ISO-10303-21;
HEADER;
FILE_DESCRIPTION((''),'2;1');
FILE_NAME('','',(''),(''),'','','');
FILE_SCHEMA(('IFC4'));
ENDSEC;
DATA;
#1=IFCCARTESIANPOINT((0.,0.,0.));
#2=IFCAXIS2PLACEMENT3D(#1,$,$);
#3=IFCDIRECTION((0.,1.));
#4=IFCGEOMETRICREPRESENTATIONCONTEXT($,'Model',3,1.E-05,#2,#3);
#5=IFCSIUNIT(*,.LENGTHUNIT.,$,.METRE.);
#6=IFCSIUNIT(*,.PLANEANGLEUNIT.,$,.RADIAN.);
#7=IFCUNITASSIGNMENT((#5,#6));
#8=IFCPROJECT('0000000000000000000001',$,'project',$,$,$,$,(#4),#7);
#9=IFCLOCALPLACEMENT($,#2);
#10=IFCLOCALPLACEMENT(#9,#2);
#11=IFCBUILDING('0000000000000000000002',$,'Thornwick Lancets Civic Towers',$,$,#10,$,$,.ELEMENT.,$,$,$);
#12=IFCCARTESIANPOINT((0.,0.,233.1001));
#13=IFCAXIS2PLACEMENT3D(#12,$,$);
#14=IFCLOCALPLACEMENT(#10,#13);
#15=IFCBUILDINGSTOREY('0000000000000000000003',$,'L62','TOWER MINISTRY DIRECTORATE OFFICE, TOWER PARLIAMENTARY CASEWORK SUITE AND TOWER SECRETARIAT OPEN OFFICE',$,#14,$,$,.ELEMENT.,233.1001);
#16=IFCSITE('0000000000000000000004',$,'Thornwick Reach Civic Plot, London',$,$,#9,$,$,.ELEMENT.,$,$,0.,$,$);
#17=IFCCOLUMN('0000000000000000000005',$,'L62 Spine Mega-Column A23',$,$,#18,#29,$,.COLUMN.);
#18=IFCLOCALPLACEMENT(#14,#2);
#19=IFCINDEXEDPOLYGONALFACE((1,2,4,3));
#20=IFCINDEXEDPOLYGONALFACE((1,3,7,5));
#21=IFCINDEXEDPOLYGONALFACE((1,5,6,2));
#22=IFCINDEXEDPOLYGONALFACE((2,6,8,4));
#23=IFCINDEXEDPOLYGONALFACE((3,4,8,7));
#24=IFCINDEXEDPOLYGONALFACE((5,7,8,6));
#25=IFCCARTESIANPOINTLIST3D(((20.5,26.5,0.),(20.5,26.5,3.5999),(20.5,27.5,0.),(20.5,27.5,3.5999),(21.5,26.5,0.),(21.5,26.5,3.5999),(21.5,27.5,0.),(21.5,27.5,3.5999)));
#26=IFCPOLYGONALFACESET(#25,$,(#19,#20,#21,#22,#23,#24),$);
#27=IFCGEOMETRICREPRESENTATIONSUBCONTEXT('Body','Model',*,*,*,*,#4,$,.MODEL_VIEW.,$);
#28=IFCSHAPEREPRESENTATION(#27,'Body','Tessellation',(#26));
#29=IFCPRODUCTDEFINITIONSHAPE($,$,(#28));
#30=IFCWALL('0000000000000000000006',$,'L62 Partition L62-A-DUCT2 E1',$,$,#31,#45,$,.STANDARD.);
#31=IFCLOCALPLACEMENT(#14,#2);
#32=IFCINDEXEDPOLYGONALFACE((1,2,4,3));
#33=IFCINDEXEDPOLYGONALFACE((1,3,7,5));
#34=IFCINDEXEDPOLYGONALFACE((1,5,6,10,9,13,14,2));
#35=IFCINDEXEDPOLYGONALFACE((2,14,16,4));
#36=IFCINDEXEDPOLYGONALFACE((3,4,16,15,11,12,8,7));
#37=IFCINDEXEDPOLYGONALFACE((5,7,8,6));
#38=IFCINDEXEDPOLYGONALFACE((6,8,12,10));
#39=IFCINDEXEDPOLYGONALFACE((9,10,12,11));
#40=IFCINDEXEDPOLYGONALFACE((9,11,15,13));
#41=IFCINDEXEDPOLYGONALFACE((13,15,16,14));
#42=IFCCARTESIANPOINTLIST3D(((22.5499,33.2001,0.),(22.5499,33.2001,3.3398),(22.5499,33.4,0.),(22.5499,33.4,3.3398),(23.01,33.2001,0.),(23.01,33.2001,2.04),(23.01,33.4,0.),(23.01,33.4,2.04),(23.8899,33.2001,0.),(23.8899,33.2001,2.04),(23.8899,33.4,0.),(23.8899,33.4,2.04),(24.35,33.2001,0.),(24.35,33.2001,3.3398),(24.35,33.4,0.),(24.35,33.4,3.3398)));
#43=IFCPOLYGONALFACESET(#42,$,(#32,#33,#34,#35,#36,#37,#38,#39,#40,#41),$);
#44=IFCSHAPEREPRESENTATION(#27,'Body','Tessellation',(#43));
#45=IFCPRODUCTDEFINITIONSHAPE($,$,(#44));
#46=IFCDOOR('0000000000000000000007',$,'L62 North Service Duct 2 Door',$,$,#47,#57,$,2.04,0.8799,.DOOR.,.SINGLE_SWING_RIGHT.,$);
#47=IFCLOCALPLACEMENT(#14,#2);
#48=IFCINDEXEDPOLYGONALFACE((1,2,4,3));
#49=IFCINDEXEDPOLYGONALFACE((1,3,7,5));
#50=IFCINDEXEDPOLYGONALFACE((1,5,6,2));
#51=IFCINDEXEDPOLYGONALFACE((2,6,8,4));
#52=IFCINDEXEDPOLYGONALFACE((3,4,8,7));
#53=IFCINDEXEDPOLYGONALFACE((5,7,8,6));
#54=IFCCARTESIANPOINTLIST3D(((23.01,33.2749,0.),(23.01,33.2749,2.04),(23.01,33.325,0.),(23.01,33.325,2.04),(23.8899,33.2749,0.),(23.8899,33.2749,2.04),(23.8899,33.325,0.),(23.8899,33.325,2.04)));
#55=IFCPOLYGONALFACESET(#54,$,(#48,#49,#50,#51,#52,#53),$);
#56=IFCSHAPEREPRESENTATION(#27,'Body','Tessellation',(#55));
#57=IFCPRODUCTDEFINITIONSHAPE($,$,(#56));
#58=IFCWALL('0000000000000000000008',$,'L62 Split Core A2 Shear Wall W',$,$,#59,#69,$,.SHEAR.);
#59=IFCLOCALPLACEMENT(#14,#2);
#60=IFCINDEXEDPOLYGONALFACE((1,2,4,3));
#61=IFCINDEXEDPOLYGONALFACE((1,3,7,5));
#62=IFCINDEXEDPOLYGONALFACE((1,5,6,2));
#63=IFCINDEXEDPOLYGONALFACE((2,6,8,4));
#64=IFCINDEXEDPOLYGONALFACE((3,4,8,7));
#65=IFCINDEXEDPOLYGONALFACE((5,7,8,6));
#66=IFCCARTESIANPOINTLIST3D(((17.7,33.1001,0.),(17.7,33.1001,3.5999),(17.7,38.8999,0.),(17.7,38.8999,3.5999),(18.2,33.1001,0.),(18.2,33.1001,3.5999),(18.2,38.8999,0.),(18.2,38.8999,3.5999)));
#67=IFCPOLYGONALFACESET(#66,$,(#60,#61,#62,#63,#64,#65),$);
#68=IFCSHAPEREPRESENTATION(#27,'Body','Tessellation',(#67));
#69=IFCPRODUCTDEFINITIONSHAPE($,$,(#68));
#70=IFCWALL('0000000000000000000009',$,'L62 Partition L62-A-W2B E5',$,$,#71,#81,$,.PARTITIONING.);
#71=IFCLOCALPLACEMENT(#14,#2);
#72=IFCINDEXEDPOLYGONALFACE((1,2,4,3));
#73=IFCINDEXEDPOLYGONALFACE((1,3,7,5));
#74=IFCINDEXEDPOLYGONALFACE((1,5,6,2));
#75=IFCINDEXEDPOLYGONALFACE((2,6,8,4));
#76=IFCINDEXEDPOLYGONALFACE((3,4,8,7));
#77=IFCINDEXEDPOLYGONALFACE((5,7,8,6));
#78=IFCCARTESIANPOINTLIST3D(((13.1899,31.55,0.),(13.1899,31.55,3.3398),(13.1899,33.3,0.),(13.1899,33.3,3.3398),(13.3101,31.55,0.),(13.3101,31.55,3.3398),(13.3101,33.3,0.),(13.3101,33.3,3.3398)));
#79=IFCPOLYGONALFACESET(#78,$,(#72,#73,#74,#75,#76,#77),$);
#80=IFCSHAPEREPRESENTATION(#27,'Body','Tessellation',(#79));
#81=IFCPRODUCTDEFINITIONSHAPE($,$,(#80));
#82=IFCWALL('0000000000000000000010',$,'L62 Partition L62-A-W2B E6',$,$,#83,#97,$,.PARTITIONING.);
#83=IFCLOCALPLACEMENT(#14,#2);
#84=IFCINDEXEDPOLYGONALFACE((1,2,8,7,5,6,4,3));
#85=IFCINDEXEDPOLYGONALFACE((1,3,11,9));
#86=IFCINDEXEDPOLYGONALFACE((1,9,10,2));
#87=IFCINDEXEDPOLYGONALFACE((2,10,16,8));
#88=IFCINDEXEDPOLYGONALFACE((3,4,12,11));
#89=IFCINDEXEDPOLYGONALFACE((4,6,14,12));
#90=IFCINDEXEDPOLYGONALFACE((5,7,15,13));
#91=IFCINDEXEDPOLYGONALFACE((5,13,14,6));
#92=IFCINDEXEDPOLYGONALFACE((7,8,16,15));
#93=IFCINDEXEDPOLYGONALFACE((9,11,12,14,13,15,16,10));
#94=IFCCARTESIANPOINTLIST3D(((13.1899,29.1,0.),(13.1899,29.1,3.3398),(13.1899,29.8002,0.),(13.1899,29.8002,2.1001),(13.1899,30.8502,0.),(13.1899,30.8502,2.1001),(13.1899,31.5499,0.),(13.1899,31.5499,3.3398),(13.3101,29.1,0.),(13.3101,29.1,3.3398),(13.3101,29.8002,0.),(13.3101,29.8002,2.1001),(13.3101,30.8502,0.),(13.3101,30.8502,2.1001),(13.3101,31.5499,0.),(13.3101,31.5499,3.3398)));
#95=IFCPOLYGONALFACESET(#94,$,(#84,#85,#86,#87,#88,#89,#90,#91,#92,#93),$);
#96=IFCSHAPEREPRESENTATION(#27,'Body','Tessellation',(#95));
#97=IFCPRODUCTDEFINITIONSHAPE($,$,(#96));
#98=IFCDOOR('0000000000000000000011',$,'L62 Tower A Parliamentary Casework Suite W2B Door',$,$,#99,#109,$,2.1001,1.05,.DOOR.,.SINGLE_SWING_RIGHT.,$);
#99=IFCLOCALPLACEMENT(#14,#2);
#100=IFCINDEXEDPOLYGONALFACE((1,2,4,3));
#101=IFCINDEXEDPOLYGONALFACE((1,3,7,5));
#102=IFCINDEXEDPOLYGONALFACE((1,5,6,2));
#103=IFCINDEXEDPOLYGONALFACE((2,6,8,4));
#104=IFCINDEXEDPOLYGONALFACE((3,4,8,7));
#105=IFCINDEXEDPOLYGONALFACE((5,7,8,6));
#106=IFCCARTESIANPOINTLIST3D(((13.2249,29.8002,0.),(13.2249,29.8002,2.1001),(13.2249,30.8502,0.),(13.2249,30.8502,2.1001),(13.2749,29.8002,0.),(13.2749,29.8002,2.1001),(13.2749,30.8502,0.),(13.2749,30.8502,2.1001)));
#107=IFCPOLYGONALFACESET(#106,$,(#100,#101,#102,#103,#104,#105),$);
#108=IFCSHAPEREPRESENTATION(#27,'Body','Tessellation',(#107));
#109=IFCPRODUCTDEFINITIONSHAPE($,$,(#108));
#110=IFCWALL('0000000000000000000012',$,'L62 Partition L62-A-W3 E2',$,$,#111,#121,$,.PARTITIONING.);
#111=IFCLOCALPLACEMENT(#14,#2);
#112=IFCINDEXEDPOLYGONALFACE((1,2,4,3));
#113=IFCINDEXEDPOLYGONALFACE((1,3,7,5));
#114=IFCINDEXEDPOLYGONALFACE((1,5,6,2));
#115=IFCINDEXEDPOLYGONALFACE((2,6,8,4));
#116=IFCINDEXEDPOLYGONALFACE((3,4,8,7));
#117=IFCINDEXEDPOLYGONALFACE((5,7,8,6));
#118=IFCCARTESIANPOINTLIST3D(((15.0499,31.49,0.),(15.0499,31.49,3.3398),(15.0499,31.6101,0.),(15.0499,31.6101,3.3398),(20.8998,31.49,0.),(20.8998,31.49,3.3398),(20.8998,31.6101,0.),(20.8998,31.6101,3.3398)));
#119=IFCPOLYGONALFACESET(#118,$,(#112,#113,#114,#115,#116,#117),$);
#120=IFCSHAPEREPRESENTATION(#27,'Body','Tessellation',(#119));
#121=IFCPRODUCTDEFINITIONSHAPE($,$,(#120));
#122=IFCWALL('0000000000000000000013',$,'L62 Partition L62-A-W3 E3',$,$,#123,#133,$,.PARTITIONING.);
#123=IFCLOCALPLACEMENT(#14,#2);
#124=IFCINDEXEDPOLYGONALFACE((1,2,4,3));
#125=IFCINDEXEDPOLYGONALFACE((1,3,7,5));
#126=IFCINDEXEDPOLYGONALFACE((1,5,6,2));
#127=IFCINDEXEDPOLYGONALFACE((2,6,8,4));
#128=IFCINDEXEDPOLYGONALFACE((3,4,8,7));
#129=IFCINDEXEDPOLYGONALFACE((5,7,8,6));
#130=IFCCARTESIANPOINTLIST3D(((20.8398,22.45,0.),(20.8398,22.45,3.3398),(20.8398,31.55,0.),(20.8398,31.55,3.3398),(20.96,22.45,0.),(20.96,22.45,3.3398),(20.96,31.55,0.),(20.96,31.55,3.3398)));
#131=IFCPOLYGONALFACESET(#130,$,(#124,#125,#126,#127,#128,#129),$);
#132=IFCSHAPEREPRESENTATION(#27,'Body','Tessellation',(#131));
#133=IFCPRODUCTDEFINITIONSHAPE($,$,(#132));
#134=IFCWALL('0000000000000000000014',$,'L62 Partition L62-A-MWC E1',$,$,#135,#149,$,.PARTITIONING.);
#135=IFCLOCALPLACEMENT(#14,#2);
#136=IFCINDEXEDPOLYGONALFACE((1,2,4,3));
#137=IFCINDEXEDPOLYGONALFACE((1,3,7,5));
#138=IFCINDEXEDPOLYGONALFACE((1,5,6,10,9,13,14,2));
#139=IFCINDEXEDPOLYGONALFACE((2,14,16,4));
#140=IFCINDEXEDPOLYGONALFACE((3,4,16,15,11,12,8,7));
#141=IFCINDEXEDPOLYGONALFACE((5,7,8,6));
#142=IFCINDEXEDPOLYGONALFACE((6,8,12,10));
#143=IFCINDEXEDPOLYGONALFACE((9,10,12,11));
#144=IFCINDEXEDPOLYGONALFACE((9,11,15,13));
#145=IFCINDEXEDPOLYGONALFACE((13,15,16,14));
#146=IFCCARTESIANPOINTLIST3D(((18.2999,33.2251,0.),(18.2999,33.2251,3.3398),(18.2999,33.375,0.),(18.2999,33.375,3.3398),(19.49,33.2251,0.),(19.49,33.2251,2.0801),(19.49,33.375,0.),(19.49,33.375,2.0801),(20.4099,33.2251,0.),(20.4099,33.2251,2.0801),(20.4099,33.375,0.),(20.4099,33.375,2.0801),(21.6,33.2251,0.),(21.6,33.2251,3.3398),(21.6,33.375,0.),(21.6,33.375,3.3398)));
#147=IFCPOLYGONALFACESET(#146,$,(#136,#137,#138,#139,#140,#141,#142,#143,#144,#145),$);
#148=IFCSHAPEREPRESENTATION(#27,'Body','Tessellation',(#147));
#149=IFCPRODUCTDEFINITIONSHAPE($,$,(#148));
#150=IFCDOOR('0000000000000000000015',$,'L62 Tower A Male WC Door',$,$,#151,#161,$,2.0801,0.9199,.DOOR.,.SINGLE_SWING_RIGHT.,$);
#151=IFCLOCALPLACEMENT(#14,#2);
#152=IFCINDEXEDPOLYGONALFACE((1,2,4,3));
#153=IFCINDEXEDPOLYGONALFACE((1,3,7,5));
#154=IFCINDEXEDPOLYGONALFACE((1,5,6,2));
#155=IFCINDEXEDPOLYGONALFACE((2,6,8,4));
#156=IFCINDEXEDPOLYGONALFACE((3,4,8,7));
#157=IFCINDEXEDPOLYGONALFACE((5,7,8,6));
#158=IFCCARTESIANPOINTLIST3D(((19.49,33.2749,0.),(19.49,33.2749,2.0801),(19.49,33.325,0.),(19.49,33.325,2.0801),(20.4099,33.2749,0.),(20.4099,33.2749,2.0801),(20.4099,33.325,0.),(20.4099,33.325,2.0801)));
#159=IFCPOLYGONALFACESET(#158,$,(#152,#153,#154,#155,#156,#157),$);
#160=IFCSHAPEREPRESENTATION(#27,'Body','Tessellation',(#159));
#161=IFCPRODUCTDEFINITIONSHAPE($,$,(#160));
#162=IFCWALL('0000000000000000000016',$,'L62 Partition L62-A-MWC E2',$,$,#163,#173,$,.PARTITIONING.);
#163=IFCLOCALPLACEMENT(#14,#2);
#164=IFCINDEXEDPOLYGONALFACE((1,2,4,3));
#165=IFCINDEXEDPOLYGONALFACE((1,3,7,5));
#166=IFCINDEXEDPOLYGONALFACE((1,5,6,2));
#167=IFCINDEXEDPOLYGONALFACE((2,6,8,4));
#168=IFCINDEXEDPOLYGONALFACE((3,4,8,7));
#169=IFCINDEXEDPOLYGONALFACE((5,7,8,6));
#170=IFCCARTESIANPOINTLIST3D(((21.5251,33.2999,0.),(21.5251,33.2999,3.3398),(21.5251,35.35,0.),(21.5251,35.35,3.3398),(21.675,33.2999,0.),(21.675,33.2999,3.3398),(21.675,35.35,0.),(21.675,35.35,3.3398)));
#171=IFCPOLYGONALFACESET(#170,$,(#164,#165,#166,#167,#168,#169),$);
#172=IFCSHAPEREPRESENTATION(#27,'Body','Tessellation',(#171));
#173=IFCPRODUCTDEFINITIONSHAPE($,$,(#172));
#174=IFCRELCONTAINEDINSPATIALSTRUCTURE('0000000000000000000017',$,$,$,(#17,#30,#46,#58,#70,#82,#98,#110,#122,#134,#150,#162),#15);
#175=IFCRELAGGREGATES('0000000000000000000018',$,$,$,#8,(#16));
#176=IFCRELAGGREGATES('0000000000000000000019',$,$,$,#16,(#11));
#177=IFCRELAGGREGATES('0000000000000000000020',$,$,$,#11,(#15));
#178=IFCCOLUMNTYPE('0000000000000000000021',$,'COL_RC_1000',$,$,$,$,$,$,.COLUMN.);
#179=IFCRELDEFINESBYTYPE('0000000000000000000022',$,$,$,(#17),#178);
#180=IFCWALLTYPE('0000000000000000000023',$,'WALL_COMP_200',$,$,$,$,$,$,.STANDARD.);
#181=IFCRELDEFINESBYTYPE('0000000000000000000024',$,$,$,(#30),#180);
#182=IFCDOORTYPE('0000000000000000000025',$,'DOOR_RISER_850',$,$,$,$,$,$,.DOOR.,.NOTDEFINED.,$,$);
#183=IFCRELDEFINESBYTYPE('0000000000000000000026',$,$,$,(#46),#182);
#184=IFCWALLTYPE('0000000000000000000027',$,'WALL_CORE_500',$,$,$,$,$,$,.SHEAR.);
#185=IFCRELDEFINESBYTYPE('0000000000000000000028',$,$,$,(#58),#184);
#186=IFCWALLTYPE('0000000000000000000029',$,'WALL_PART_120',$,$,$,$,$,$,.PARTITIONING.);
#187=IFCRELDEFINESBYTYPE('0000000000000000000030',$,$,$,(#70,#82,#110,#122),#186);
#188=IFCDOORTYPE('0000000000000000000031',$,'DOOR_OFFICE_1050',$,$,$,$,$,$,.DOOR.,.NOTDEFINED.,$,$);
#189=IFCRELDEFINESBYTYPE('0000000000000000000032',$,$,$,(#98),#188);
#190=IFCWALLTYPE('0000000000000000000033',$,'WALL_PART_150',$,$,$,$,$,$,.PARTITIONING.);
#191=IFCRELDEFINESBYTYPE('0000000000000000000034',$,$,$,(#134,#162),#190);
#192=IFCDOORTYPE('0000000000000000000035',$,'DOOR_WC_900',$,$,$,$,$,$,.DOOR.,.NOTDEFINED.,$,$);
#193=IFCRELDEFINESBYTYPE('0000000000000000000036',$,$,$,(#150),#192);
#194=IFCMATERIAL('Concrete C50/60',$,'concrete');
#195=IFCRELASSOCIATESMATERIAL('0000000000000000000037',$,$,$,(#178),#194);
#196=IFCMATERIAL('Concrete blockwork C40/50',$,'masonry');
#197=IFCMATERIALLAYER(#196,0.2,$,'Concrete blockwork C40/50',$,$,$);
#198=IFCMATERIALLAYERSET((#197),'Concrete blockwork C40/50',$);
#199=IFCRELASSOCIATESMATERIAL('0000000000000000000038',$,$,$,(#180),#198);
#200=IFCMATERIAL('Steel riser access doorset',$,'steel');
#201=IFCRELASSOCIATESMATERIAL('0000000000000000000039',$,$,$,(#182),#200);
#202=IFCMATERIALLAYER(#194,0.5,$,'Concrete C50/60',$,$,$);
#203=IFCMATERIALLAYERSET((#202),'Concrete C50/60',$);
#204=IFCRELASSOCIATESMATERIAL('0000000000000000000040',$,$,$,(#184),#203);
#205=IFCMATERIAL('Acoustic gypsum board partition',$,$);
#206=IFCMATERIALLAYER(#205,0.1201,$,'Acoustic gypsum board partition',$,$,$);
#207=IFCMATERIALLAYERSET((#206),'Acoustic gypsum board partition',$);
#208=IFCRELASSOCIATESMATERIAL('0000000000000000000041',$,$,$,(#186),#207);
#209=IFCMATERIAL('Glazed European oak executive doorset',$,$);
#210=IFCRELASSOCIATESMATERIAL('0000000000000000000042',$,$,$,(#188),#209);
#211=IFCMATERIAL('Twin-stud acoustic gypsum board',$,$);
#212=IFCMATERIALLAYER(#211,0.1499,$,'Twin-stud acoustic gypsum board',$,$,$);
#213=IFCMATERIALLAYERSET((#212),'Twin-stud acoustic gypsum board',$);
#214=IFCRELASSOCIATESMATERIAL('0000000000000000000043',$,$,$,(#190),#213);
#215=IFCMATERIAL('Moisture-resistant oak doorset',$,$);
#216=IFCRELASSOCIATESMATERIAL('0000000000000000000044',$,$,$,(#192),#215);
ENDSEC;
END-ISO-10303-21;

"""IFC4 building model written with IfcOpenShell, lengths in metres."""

from ifc_helpers import new_model, si_unit, direction, frame, frame_2d, origin, origin_2d, place, context, subcontext, project, spatial, rectangle, extrude, material, layer, layer_set, material_profile, profile_set, type_object, element, fill, save


model = new_model("IFC4")

# Units and contexts
model_context = context("Model", 3, precision=1e-05, world=origin(), true_north=direction((0.0, 1.0)))
body_context = subcontext(model_context, "Body", "Model", "MODEL_VIEW")
ifc_project = project(units=[si_unit("LENGTHUNIT", "METRE"), si_unit("PLANEANGLEUNIT", "RADIAN")], contexts=[model_context])

# Site, building, storey
site_placement = place(None, origin())
site = spatial("IfcSite", under=ifc_project, at=site_placement, Name="Thornwick Reach Civic Plot, London", CompositionType="ELEMENT", RefElevation=0.0)
building_placement = place(site_placement, origin())
building = spatial("IfcBuilding", under=site, at=building_placement, Name="Thornwick Lancets Civic Towers", CompositionType="ELEMENT")
storey_placement = place(building_placement, frame((0.0, 0.0, 233.1001)))
storey = spatial("IfcBuildingStorey", under=building, at=storey_placement, Name="L62", Description="TOWER MINISTRY DIRECTORATE OFFICE, TOWER PARLIAMENTARY CASEWORK SUITE AND TOWER SECRETARIAT OPEN OFFICE", CompositionType="ELEMENT", Elevation=233.1001)

# Column
ifc_material_1 = material(Name="Concrete C50/60", Category="concrete")
ifc_material_profile = material_profile(ifc_material_1, rectangle(XDim=1.0, YDim=1.0, at=origin_2d()), Name="RC 1000x1000")
ifc_profile_set = profile_set([ifc_material_profile], Name="Concrete C50/60")
column_type = type_object("IfcColumnType", Name="COL_RC_1000", PredefinedType="COLUMN", material=ifc_profile_set)
column_placement = place(storey_placement, frame((21.0, 27.0, 0.0), z_axis=(0.0, 0.0, 1.0), x_axis=(1.0, 0.0, 0.0)))
element("IfcColumn", 1, at=column_placement, inside=storey, type_object=column_type, Name="L62 Spine Mega-Column A23", PredefinedType="COLUMN", context=body_context, shape_type="SweptSolid", body=[
    extrude(rectangle(XDim=1.0, YDim=1.0, at=origin_2d()), origin(), (0.0, 0.0, 1.0), 3.5999),
])

# Wall, opening, door
ifc_material_2 = material(Name="Concrete blockwork C40/50", Category="masonry")
ifc_layer_1 = layer(ifc_material_2, 0.2, Name="Concrete blockwork C40/50")
ifc_layer_set_1 = layer_set([ifc_layer_1], Name="Concrete blockwork C40/50")
wall_type_1 = type_object("IfcWallType", Name="WALL_COMP_200", PredefinedType="STANDARD", material=ifc_layer_set_1)
wall_1_placement = place(storey_placement, frame((22.55, 33.3, 0.0), z_axis=(0.0, 0.0, 1.0), x_axis=(1.0, 0.0, 0.0)))
wall_1 = element("IfcWall", 2, at=wall_1_placement, inside=storey, type_object=wall_type_1, Name="L62 Partition L62-A-DUCT2 E1", PredefinedType="STANDARD", context=body_context, shape_type="SweptSolid", body=[
    extrude(rectangle(XDim=1.8, YDim=0.2, at=frame_2d((0.8999, 0.0))), origin(), (0.0, 0.0, 1.0), 3.3398),
])
opening_1_placement = place(wall_1_placement, frame((0.46, 0.0, 0.0)))
opening_1 = element("IfcOpeningElement", 3, at=opening_1_placement, cuts=wall_1, PredefinedType="OPENING", context=body_context, shape_type="SweptSolid", body=[
    extrude(rectangle(XDim=0.8799, YDim=2.04, at=frame_2d((0.4399, 1.02))), frame((0.0, 0.1099, 0.0), z_axis=(0.0, -1.0, 0.0), x_axis=(1.0, 0.0, 0.0)), (0.0, 0.0, 1.0), 0.22),
])
ifc_material_3 = material(Name="Steel riser access doorset", Category="steel")
door_type_1 = type_object("IfcDoorType", Name="DOOR_RISER_850", OperationType="NOTDEFINED", PredefinedType="DOOR", material=ifc_material_3)
door_1_placement = place(opening_1_placement, origin())
door_1 = element("IfcDoor", 4, at=door_1_placement, inside=storey, type_object=door_type_1, Name="L62 North Service Duct 2 Door", OperationType="SINGLE_SWING_RIGHT", OverallHeight=2.04, OverallWidth=0.8799, PredefinedType="DOOR", context=body_context, shape_type="SweptSolid", body=[
    extrude(rectangle(XDim=0.8799, YDim=2.04, at=frame_2d((0.4399, 1.02))), frame((0.0, 0.0249, 0.0), z_axis=(0.0, -1.0, 0.0), x_axis=(1.0, 0.0, 0.0)), (0.0, 0.0, 1.0), 0.05),
])
fill(opening_1, door_1)

# Walls
ifc_layer_2 = layer(ifc_material_1, 0.5, Name="Concrete C50/60")
ifc_layer_set_2 = layer_set([ifc_layer_2], Name="Concrete C50/60")
wall_type_2 = type_object("IfcWallType", Name="WALL_CORE_500", PredefinedType="SHEAR", material=ifc_layer_set_2)
wall_2_placement = place(storey_placement, frame((17.95, 33.1001, 0.0), z_axis=(0.0, 0.0, 1.0), x_axis=(0.0, 1.0, 0.0)))
element("IfcWall", 5, at=wall_2_placement, inside=storey, type_object=wall_type_2, Name="L62 Split Core A2 Shear Wall W", PredefinedType="SHEAR", context=body_context, shape_type="SweptSolid", body=[
    extrude(rectangle(XDim=5.7998, YDim=0.5, at=frame_2d((2.8999, 0.0))), origin(), (0.0, 0.0, 1.0), 3.5999),
])
ifc_material_4 = material(Name="Acoustic gypsum board partition")
ifc_layer_3 = layer(ifc_material_4, 0.1201, Name="Acoustic gypsum board partition")
ifc_layer_set_3 = layer_set([ifc_layer_3], Name="Acoustic gypsum board partition")
wall_type_3 = type_object("IfcWallType", Name="WALL_PART_120", PredefinedType="PARTITIONING", material=ifc_layer_set_3)
wall_3_placement = place(storey_placement, frame((13.25, 33.3, 0.0), z_axis=(0.0, 0.0, 1.0), x_axis=(0.0, -1.0, 0.0)))
element("IfcWall", 6, at=wall_3_placement, inside=storey, type_object=wall_type_3, Name="L62 Partition L62-A-W2B E5", PredefinedType="PARTITIONING", context=body_context, shape_type="SweptSolid", body=[
    extrude(rectangle(XDim=1.75, YDim=0.1201, at=frame_2d((0.875, 0.0))), origin(), (0.0, 0.0, 1.0), 3.3398),
])

# Wall, opening, door
wall_4_placement = place(storey_placement, frame((13.25, 31.55, 0.0), z_axis=(0.0, 0.0, 1.0), x_axis=(0.0, -1.0, 0.0)))
wall_4 = element("IfcWall", 7, at=wall_4_placement, inside=storey, type_object=wall_type_3, Name="L62 Partition L62-A-W2B E6", PredefinedType="PARTITIONING", context=body_context, shape_type="SweptSolid", body=[
    extrude(rectangle(XDim=2.45, YDim=0.1201, at=frame_2d((1.2251, 0.0))), origin(), (0.0, 0.0, 1.0), 3.3398),
])
opening_2_placement = place(wall_4_placement, frame((0.7, 0.0, 0.0)))
opening_2 = element("IfcOpeningElement", 8, at=opening_2_placement, cuts=wall_4, PredefinedType="OPENING", context=body_context, shape_type="SweptSolid", body=[
    extrude(rectangle(XDim=1.05, YDim=2.1001, at=frame_2d((0.5249, 1.05))), frame((0.0, 0.0701, 0.0), z_axis=(0.0, -1.0, 0.0), x_axis=(1.0, 0.0, 0.0)), (0.0, 0.0, 1.0), 0.1401),
])
ifc_material_5 = material(Name="Glazed European oak executive doorset")
door_type_2 = type_object("IfcDoorType", Name="DOOR_OFFICE_1050", OperationType="NOTDEFINED", PredefinedType="DOOR", material=ifc_material_5)
door_2_placement = place(opening_2_placement, origin())
door_2 = element("IfcDoor", 9, at=door_2_placement, inside=storey, type_object=door_type_2, Name="L62 Tower A Parliamentary Casework Suite W2B Door", OperationType="SINGLE_SWING_RIGHT", OverallHeight=2.1001, OverallWidth=1.05, PredefinedType="DOOR", context=body_context, shape_type="SweptSolid", body=[
    extrude(rectangle(XDim=1.05, YDim=2.1001, at=frame_2d((0.5249, 1.05))), frame((0.0, 0.0249, 0.0), z_axis=(0.0, -1.0, 0.0), x_axis=(1.0, 0.0, 0.0)), (0.0, 0.0, 1.0), 0.05),
])
fill(opening_2, door_2)

# Walls
wall_5_placement = place(storey_placement, frame((15.05, 31.55, 0.0), z_axis=(0.0, 0.0, 1.0), x_axis=(1.0, 0.0, 0.0)))
element("IfcWall", 10, at=wall_5_placement, inside=storey, type_object=wall_type_3, Name="L62 Partition L62-A-W3 E2", PredefinedType="PARTITIONING", context=body_context, shape_type="SweptSolid", body=[
    extrude(rectangle(XDim=5.8499, YDim=0.1201, at=frame_2d((2.9248, 0.0))), origin(), (0.0, 0.0, 1.0), 3.3398),
])
wall_6_placement = place(storey_placement, frame((20.8999, 31.55, 0.0), z_axis=(0.0, 0.0, 1.0), x_axis=(0.0, -1.0, 0.0)))
element("IfcWall", 11, at=wall_6_placement, inside=storey, type_object=wall_type_3, Name="L62 Partition L62-A-W3 E3", PredefinedType="PARTITIONING", context=body_context, shape_type="SweptSolid", body=[
    extrude(rectangle(XDim=9.1001, YDim=0.1201, at=frame_2d((4.55, 0.0))), origin(), (0.0, 0.0, 1.0), 3.3398),
])

# Wall, opening, door
ifc_material_6 = material(Name="Twin-stud acoustic gypsum board")
ifc_layer_4 = layer(ifc_material_6, 0.1499, Name="Twin-stud acoustic gypsum board")
ifc_layer_set_4 = layer_set([ifc_layer_4], Name="Twin-stud acoustic gypsum board")
wall_type_4 = type_object("IfcWallType", Name="WALL_PART_150", PredefinedType="PARTITIONING", material=ifc_layer_set_4)
wall_7_placement = place(storey_placement, frame((18.3, 33.3, 0.0), z_axis=(0.0, 0.0, 1.0), x_axis=(1.0, 0.0, 0.0)))
wall_7 = element("IfcWall", 12, at=wall_7_placement, inside=storey, type_object=wall_type_4, Name="L62 Partition L62-A-MWC E1", PredefinedType="PARTITIONING", context=body_context, shape_type="SweptSolid", body=[
    extrude(rectangle(XDim=3.3, YDim=0.1499, at=frame_2d((1.6499, 0.0))), origin(), (0.0, 0.0, 1.0), 3.3398),
])
opening_3_placement = place(wall_7_placement, frame((1.1899, 0.0, 0.0)))
opening_3 = element("IfcOpeningElement", 13, at=opening_3_placement, cuts=wall_7, PredefinedType="OPENING", context=body_context, shape_type="SweptSolid", body=[
    extrude(rectangle(XDim=0.9199, YDim=2.0801, at=frame_2d((0.46, 1.04))), frame((0.0, 0.085, 0.0), z_axis=(0.0, -1.0, 0.0), x_axis=(1.0, 0.0, 0.0)), (0.0, 0.0, 1.0), 0.1699),
])
ifc_material_7 = material(Name="Moisture-resistant oak doorset")
door_type_3 = type_object("IfcDoorType", Name="DOOR_WC_900", OperationType="NOTDEFINED", PredefinedType="DOOR", material=ifc_material_7)
door_3_placement = place(opening_3_placement, origin())
door_3 = element("IfcDoor", 14, at=door_3_placement, inside=storey, type_object=door_type_3, Name="L62 Tower A Male WC Door", OperationType="SINGLE_SWING_RIGHT", OverallHeight=2.0801, OverallWidth=0.9199, PredefinedType="DOOR", context=body_context, shape_type="SweptSolid", body=[
    extrude(rectangle(XDim=0.9199, YDim=2.0801, at=frame_2d((0.46, 1.04))), frame((0.0, 0.0249, 0.0), z_axis=(0.0, -1.0, 0.0), x_axis=(1.0, 0.0, 0.0)), (0.0, 0.0, 1.0), 0.05),
])
fill(opening_3, door_3)

# Wall
wall_8_placement = place(storey_placement, frame((21.6001, 33.3, 0.0), z_axis=(0.0, 0.0, 1.0), x_axis=(0.0, 1.0, 0.0)))
element("IfcWall", 15, at=wall_8_placement, inside=storey, type_object=wall_type_4, Name="L62 Partition L62-A-MWC E2", PredefinedType="PARTITIONING", context=body_context, shape_type="SweptSolid", body=[
    extrude(rectangle(XDim=2.05, YDim=0.1499, at=frame_2d((1.0249, 0.0))), origin(), (0.0, 0.0, 1.0), 3.3398),
])

save(model, "model.ifc")
